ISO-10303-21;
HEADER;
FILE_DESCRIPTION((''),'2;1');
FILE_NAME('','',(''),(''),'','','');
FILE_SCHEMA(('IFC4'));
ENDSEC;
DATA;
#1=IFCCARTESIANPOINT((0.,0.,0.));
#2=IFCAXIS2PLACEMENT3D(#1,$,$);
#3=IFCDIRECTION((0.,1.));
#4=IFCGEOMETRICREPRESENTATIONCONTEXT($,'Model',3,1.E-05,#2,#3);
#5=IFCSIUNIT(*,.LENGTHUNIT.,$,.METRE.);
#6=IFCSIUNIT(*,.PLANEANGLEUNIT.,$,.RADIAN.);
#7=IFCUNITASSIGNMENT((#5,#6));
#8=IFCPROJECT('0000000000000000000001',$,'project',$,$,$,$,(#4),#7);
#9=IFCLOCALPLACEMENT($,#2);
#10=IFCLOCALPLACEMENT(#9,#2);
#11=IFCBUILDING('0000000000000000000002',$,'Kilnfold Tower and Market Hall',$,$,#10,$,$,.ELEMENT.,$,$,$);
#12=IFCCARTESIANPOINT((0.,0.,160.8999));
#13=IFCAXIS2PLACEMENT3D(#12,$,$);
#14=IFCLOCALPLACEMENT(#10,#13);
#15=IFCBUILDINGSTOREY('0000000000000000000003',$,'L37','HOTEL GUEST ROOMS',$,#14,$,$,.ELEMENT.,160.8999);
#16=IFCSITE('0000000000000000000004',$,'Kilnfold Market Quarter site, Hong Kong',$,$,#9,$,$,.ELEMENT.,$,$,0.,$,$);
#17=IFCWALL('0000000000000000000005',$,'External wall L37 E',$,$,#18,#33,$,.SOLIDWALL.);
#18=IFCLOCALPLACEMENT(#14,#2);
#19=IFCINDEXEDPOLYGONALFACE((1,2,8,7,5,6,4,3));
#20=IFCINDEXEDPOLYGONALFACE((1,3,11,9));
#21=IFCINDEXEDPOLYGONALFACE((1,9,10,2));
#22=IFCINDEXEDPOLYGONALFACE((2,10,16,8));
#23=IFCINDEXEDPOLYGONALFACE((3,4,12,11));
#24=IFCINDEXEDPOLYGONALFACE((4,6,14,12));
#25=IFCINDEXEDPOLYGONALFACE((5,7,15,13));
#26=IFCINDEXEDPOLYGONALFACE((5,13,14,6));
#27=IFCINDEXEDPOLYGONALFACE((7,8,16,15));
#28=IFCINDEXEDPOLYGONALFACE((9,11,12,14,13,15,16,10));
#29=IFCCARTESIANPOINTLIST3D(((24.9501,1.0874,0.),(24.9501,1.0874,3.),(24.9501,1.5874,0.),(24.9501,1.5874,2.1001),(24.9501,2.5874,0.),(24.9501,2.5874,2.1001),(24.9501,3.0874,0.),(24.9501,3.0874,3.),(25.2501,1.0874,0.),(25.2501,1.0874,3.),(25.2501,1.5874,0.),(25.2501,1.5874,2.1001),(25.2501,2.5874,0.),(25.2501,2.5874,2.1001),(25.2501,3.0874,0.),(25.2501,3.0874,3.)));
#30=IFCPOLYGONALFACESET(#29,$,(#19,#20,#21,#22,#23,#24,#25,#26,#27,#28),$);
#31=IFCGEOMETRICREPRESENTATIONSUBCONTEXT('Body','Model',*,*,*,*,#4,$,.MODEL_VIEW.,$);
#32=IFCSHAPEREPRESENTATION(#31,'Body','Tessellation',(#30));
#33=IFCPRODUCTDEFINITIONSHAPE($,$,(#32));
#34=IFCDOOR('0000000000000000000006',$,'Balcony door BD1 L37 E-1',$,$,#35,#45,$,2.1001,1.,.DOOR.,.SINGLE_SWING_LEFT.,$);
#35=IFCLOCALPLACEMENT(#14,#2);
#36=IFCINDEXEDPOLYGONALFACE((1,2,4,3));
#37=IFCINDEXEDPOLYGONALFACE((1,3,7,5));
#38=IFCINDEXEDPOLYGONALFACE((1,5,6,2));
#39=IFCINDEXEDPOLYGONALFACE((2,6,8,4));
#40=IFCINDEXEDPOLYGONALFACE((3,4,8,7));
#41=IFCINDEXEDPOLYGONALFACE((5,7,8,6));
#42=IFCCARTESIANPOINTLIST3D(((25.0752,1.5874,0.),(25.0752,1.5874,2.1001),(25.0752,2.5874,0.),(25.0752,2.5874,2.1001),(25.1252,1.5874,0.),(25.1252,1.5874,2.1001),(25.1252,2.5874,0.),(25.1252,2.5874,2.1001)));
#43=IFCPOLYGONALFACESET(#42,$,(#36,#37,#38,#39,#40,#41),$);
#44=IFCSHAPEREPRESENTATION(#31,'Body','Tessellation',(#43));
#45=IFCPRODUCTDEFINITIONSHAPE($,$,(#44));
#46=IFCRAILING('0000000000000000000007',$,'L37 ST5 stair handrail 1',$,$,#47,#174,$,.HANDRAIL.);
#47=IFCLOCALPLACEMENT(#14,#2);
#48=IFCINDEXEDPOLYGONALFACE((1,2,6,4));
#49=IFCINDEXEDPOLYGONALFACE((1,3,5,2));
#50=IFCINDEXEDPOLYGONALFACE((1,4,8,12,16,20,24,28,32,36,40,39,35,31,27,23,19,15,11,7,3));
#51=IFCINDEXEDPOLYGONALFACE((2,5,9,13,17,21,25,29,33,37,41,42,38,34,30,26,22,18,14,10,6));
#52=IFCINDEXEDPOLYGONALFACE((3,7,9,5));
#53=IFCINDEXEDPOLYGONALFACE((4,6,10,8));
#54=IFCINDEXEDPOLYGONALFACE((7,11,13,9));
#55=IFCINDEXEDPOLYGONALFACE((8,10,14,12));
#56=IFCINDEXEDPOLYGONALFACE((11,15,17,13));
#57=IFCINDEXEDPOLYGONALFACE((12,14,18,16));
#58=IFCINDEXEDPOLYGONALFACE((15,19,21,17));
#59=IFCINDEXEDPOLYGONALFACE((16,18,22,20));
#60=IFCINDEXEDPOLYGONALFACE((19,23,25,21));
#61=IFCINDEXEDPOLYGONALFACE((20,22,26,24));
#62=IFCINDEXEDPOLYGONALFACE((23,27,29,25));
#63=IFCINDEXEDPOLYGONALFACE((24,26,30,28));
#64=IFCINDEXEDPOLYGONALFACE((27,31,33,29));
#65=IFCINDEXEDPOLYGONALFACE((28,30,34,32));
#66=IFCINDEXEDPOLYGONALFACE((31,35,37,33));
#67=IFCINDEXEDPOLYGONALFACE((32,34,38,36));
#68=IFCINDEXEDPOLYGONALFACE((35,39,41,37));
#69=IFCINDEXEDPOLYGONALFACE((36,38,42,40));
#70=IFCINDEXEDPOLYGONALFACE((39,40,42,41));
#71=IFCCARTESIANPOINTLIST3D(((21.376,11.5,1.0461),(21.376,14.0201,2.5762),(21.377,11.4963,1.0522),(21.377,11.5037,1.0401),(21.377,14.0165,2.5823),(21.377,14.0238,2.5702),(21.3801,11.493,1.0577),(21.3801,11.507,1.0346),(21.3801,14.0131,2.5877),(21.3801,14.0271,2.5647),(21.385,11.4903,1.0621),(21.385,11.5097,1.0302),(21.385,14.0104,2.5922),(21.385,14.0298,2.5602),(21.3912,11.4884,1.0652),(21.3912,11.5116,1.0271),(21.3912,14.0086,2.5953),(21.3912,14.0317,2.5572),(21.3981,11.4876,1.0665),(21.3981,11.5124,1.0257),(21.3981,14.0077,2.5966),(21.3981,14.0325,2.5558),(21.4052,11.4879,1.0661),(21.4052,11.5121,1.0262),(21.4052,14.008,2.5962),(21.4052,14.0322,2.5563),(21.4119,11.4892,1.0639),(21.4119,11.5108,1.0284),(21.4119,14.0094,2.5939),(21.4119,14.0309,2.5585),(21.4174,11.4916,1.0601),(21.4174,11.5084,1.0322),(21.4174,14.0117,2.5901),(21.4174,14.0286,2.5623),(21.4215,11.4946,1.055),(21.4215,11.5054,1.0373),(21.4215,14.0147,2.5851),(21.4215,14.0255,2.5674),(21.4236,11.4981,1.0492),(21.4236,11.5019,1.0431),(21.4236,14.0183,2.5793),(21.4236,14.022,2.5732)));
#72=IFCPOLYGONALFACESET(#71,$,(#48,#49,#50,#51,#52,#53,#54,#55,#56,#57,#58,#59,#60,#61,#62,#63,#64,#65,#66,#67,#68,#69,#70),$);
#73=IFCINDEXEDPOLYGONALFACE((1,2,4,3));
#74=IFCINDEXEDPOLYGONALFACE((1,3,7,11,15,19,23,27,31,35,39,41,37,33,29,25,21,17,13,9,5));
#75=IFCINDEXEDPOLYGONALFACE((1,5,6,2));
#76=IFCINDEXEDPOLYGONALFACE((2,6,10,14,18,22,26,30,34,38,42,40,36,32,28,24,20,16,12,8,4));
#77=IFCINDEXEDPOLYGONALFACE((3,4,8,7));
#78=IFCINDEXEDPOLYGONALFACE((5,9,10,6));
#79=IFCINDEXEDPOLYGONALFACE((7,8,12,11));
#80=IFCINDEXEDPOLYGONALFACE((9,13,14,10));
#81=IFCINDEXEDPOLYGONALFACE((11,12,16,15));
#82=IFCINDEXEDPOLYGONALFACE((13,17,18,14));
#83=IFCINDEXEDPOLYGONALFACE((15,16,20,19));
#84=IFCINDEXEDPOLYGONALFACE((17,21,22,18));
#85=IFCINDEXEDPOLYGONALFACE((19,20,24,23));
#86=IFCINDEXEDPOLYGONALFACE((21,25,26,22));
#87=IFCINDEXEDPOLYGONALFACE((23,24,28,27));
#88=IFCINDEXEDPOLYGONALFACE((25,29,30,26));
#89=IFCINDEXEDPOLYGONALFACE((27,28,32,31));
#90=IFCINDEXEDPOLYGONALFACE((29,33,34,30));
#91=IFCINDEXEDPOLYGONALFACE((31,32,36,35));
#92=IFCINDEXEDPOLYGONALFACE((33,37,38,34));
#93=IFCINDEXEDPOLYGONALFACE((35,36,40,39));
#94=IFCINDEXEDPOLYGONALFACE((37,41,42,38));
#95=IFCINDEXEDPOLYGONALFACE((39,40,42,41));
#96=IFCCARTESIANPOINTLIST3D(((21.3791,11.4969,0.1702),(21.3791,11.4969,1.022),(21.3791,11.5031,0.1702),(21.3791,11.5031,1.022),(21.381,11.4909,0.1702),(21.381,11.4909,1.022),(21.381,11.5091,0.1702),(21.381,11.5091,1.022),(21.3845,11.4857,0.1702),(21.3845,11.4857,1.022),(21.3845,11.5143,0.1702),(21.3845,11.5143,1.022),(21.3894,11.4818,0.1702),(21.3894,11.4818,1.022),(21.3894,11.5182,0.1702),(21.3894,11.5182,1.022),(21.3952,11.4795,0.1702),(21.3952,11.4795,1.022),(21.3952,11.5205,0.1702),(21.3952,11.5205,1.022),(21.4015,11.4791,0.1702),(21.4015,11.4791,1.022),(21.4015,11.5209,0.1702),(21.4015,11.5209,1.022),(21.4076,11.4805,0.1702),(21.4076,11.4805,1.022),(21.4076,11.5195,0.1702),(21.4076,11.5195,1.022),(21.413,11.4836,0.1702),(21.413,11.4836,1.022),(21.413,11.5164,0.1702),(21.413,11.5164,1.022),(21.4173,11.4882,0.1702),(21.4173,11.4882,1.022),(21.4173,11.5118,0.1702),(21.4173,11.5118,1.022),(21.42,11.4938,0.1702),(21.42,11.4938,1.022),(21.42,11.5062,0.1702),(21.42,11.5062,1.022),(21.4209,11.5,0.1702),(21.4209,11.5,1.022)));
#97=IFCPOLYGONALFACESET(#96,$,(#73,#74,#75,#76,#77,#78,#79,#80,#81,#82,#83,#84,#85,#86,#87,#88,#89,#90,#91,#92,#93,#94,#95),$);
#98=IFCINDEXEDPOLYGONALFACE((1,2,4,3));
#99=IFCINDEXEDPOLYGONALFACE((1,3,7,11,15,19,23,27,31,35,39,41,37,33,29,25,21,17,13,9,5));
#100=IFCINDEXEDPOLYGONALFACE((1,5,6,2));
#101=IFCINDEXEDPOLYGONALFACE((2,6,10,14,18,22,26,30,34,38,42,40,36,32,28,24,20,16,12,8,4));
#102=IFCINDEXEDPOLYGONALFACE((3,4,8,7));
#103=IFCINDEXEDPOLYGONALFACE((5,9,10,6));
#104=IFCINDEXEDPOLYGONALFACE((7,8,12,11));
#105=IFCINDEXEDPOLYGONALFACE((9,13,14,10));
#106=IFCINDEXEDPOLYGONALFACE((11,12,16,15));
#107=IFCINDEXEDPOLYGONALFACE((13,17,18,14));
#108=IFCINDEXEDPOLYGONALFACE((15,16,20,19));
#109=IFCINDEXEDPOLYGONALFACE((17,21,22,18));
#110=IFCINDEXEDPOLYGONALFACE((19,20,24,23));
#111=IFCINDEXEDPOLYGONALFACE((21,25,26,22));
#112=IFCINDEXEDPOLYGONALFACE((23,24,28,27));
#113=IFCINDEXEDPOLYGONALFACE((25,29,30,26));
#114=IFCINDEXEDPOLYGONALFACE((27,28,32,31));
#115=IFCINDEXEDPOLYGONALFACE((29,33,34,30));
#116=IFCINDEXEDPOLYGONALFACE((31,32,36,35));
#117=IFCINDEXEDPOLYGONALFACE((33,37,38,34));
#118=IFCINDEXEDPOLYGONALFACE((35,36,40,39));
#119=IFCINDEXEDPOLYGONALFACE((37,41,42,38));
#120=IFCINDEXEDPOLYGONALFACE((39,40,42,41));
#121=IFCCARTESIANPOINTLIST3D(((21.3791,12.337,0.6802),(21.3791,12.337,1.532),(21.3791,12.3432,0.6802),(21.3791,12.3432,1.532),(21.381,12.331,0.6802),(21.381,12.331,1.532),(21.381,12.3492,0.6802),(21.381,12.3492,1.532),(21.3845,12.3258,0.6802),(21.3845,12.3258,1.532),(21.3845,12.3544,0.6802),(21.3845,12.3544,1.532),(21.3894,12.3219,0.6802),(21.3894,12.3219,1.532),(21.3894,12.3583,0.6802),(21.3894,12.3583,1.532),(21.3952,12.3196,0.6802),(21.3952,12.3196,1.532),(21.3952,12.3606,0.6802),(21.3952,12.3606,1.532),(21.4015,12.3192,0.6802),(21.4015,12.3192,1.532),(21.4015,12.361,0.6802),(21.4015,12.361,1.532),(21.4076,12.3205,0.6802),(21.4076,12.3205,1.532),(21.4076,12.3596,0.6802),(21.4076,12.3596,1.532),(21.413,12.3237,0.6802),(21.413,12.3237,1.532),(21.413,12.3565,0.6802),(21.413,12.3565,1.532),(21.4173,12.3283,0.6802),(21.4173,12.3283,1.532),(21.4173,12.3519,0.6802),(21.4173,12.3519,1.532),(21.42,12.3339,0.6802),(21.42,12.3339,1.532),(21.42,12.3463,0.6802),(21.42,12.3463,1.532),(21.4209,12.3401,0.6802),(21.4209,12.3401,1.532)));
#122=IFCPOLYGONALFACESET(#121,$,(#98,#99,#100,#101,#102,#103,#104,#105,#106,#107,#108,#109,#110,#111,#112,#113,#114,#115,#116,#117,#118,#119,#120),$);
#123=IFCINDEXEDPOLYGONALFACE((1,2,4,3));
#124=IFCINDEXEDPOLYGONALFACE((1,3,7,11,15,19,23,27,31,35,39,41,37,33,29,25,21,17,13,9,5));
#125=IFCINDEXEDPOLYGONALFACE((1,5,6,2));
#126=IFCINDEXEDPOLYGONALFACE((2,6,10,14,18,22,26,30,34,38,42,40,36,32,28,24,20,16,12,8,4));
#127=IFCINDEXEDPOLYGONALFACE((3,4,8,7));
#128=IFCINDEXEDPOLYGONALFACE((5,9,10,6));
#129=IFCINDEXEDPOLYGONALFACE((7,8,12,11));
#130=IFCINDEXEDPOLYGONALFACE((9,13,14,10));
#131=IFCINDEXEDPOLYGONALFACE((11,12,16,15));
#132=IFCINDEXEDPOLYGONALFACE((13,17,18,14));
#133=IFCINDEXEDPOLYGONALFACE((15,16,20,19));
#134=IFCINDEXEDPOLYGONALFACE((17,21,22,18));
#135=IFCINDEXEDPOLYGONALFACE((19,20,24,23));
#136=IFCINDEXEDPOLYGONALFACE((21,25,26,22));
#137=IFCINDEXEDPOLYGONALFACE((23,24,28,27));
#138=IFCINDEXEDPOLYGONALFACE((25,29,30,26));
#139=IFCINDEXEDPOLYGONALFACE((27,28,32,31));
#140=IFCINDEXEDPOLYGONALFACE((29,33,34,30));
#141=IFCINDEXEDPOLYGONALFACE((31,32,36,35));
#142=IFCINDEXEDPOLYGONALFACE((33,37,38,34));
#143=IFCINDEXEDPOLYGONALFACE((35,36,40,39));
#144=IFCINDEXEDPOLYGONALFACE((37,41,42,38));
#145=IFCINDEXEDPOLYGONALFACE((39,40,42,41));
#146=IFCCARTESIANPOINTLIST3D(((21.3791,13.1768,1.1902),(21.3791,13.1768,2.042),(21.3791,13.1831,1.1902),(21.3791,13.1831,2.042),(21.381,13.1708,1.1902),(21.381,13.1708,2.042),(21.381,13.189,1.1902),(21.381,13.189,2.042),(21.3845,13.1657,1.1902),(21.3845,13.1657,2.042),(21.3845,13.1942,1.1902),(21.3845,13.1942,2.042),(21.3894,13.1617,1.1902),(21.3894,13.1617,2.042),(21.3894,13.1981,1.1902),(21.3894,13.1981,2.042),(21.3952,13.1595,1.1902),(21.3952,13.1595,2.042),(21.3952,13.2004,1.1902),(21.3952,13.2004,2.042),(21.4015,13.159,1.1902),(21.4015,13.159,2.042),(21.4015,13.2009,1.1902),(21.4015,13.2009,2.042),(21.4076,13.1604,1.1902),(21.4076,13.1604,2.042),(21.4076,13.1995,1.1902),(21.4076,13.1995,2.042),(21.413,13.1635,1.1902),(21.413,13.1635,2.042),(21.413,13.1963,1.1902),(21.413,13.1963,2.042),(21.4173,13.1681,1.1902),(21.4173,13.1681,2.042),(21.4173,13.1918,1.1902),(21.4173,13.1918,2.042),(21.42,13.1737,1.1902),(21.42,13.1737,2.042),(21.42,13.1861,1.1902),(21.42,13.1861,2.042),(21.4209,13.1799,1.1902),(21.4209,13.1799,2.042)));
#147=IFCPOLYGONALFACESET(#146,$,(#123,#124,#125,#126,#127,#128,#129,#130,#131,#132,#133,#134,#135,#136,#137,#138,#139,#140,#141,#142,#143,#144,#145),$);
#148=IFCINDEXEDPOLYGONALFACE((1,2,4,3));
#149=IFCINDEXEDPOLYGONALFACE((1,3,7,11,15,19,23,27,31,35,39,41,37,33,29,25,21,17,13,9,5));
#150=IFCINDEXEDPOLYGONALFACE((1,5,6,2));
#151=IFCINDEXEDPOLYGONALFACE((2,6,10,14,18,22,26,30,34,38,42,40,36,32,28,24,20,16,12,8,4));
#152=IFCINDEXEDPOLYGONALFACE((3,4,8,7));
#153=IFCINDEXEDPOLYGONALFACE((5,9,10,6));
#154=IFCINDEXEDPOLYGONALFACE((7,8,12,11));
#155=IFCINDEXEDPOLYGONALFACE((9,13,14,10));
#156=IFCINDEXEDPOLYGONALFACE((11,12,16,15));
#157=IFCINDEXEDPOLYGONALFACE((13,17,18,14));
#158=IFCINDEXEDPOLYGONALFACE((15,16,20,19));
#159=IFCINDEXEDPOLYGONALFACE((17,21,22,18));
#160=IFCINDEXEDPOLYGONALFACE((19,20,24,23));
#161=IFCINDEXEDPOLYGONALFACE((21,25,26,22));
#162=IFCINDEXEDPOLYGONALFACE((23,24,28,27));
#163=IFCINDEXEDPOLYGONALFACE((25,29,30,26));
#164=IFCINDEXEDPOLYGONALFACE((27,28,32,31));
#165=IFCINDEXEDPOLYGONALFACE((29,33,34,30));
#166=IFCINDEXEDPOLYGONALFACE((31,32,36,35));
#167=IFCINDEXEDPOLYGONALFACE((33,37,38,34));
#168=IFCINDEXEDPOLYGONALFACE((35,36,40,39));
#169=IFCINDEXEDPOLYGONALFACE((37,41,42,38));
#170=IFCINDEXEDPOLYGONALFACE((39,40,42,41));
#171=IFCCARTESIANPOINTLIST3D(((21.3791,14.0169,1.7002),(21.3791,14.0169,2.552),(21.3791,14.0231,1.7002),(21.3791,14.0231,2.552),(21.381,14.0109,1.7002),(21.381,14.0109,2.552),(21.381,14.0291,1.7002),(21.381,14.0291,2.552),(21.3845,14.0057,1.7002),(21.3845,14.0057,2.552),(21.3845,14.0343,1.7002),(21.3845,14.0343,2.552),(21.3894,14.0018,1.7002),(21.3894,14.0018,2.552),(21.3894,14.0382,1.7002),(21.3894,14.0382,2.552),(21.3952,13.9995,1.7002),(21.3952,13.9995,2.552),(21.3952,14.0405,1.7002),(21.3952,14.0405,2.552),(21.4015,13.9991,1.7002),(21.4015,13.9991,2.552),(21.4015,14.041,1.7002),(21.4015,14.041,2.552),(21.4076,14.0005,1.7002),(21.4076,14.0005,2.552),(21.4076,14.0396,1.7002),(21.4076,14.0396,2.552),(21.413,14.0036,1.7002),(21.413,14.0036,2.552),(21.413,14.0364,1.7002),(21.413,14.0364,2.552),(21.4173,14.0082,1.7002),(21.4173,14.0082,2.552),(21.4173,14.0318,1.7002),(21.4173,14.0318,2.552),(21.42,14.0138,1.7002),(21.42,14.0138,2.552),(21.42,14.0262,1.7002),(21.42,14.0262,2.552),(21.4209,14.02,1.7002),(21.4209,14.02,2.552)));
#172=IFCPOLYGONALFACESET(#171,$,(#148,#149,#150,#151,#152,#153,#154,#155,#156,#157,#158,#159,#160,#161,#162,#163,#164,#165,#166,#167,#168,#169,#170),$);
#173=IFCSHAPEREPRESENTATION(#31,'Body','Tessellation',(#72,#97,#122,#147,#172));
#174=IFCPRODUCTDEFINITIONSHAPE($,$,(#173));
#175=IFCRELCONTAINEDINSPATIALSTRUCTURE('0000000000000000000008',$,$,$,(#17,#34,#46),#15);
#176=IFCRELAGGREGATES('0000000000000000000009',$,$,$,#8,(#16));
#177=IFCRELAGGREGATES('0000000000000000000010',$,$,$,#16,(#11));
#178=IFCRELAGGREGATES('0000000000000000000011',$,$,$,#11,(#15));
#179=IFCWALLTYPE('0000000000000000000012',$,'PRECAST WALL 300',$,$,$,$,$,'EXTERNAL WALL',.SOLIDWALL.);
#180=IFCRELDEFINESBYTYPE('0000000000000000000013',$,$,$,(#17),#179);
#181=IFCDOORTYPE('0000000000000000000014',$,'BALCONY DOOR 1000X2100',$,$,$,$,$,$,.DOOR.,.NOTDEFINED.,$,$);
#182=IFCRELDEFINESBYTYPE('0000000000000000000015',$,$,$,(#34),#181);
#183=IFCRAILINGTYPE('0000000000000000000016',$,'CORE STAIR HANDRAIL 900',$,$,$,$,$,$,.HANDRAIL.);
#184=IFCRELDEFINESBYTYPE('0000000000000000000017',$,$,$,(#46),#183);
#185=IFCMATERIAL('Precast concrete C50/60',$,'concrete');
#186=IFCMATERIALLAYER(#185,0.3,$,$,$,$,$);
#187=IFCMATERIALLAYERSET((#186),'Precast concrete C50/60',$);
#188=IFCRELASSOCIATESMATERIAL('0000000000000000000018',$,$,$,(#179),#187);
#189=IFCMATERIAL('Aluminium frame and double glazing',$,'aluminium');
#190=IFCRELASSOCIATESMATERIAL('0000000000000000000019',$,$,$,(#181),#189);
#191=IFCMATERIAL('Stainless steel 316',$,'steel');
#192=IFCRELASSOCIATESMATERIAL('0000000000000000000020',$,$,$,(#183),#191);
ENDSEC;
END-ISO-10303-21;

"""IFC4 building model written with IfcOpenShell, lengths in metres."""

from ifc_helpers import new_model, si_unit, direction, frame, frame_2d, origin, origin_2d, place, context, subcontext, project, spatial, rectangle, circle, extrude, source, transform, mapped, material, layer, layer_set, type_object, element, fill, save


model = new_model("IFC4")

# Units and contexts
model_context = context("Model", 3, precision=1e-05, world=origin(), true_north=direction((0.0, 1.0)))
body_context = subcontext(model_context, "Body", "Model", "MODEL_VIEW")
ifc_project = project(units=[si_unit("LENGTHUNIT", "METRE"), si_unit("PLANEANGLEUNIT", "RADIAN")], contexts=[model_context])

# Site, building, storey
site_placement = place(None, origin())
site = spatial("IfcSite", under=ifc_project, at=site_placement, Name="Kilnfold Market Quarter site, Hong Kong", CompositionType="ELEMENT", RefElevation=0.0)
building_placement = place(site_placement, origin())
building = spatial("IfcBuilding", under=site, at=building_placement, Name="Kilnfold Tower and Market Hall", CompositionType="ELEMENT")
storey_placement = place(building_placement, frame((0.0, 0.0, 160.8999)))
storey = spatial("IfcBuildingStorey", under=building, at=storey_placement, Name="L37", Description="HOTEL GUEST ROOMS", CompositionType="ELEMENT", Elevation=160.8999)

# Wall, opening, door
ifc_material_1 = material(Name="Precast concrete C50/60", Category="concrete")
ifc_layer_1 = layer(ifc_material_1, 0.3)
ifc_layer_set_1 = layer_set([ifc_layer_1], Name="Precast concrete C50/60")
wall_type_1 = type_object("IfcWallType", Name="PRECAST WALL 300", ElementType="EXTERNAL WALL", PredefinedType="SOLIDWALL", material=ifc_layer_set_1)
shared_shape_1 = source(origin(), body_context, "Body", "SweptSolid", [
    extrude(rectangle(XDim=2.0, YDim=0.3, at=frame_2d((1.0, 0.0))), origin(), (0.0, 0.0, 1.0), 3.0),
])
wall_1_placement = place(storey_placement, frame((25.1001, 1.0874, 0.0), z_axis=(0.0, 0.0, 1.0), x_axis=(0.0, 1.0, 0.0)))
wall_1 = element("IfcWall", 1, at=wall_1_placement, inside=storey, type_object=wall_type_1, Name="External wall L37 E", PredefinedType="SOLIDWALL", context=body_context, shape_type="MappedRepresentation", body=[
    mapped(shared_shape_1, transform((0.0, 0.0, 0.0))),
])
opening_1_placement = place(wall_1_placement, frame((0.5, 0.0, 0.0)))
opening_1 = element("IfcOpeningElement", 2, at=opening_1_placement, cuts=wall_1, PredefinedType="OPENING", context=body_context, shape_type="SweptSolid", body=[
    extrude(rectangle(XDim=1.0, YDim=2.1001, at=frame_2d((0.5, 1.05))), frame((0.0, 0.1602, 0.0), z_axis=(0.0, -1.0, 0.0), x_axis=(1.0, 0.0, 0.0)), (0.0, 0.0, 1.0), 0.3201),
])
ifc_material_2 = material(Name="Aluminium frame and double glazing", Category="aluminium")
door_type_1 = type_object("IfcDoorType", Name="BALCONY DOOR 1000X2100", OperationType="NOTDEFINED", PredefinedType="DOOR", material=ifc_material_2)
door_1_placement = place(opening_1_placement, origin())
door_1 = element("IfcDoor", 3, at=door_1_placement, inside=storey, type_object=door_type_1, Name="Balcony door BD1 L37 E-1", OperationType="SINGLE_SWING_LEFT", OverallHeight=2.1001, OverallWidth=1.0, PredefinedType="DOOR", context=body_context, shape_type="SweptSolid", body=[
    extrude(rectangle(XDim=1.0, YDim=2.1001, at=frame_2d((0.5, 1.05))), frame((0.0, 0.0249, 0.0), z_axis=(0.0, -1.0, 0.0), x_axis=(1.0, 0.0, 0.0)), (0.0, 0.0, 1.0), 0.05),
])
fill(opening_1, door_1)

# Railing
ifc_material_3 = material(Name="Stainless steel 316", Category="steel")
railing_type_1 = type_object("IfcRailingType", Name="CORE STAIR HANDRAIL 900", PredefinedType="HANDRAIL", material=ifc_material_3)
railing_1_placement = place(storey_placement, frame((21.3999, 11.5, 0.1702)))
element("IfcRailing", 4, at=railing_1_placement, inside=storey, type_object=railing_type_1, Name="L37 ST5 stair handrail 1", PredefinedType="HANDRAIL", context=body_context, shape_type="SweptSolid", body=[
    extrude(circle(Radius=0.0239, at=origin_2d()), frame((0.0, 0.0, 0.876), z_axis=(0.0, 0.854785, 0.518982), x_axis=(-1.0, 0.0, 0.0)), (0.0, 0.0, 1.0), 2.9482),
    extrude(circle(Radius=0.021, at=origin_2d()), origin(), (0.0, 0.0, 1.0), 0.8518),
    extrude(circle(Radius=0.021, at=origin_2d()), frame((0.0, 0.8401, 0.51)), (0.0, 0.0, 1.0), 0.8518),
    extrude(circle(Radius=0.021, at=origin_2d()), frame((0.0, 1.6799, 1.02)), (0.0, 0.0, 1.0), 0.8518),
    extrude(circle(Radius=0.021, at=origin_2d()), frame((0.0, 2.52, 1.53)), (0.0, 0.0, 1.0), 0.8518),
])

save(model, "model.ifc")
